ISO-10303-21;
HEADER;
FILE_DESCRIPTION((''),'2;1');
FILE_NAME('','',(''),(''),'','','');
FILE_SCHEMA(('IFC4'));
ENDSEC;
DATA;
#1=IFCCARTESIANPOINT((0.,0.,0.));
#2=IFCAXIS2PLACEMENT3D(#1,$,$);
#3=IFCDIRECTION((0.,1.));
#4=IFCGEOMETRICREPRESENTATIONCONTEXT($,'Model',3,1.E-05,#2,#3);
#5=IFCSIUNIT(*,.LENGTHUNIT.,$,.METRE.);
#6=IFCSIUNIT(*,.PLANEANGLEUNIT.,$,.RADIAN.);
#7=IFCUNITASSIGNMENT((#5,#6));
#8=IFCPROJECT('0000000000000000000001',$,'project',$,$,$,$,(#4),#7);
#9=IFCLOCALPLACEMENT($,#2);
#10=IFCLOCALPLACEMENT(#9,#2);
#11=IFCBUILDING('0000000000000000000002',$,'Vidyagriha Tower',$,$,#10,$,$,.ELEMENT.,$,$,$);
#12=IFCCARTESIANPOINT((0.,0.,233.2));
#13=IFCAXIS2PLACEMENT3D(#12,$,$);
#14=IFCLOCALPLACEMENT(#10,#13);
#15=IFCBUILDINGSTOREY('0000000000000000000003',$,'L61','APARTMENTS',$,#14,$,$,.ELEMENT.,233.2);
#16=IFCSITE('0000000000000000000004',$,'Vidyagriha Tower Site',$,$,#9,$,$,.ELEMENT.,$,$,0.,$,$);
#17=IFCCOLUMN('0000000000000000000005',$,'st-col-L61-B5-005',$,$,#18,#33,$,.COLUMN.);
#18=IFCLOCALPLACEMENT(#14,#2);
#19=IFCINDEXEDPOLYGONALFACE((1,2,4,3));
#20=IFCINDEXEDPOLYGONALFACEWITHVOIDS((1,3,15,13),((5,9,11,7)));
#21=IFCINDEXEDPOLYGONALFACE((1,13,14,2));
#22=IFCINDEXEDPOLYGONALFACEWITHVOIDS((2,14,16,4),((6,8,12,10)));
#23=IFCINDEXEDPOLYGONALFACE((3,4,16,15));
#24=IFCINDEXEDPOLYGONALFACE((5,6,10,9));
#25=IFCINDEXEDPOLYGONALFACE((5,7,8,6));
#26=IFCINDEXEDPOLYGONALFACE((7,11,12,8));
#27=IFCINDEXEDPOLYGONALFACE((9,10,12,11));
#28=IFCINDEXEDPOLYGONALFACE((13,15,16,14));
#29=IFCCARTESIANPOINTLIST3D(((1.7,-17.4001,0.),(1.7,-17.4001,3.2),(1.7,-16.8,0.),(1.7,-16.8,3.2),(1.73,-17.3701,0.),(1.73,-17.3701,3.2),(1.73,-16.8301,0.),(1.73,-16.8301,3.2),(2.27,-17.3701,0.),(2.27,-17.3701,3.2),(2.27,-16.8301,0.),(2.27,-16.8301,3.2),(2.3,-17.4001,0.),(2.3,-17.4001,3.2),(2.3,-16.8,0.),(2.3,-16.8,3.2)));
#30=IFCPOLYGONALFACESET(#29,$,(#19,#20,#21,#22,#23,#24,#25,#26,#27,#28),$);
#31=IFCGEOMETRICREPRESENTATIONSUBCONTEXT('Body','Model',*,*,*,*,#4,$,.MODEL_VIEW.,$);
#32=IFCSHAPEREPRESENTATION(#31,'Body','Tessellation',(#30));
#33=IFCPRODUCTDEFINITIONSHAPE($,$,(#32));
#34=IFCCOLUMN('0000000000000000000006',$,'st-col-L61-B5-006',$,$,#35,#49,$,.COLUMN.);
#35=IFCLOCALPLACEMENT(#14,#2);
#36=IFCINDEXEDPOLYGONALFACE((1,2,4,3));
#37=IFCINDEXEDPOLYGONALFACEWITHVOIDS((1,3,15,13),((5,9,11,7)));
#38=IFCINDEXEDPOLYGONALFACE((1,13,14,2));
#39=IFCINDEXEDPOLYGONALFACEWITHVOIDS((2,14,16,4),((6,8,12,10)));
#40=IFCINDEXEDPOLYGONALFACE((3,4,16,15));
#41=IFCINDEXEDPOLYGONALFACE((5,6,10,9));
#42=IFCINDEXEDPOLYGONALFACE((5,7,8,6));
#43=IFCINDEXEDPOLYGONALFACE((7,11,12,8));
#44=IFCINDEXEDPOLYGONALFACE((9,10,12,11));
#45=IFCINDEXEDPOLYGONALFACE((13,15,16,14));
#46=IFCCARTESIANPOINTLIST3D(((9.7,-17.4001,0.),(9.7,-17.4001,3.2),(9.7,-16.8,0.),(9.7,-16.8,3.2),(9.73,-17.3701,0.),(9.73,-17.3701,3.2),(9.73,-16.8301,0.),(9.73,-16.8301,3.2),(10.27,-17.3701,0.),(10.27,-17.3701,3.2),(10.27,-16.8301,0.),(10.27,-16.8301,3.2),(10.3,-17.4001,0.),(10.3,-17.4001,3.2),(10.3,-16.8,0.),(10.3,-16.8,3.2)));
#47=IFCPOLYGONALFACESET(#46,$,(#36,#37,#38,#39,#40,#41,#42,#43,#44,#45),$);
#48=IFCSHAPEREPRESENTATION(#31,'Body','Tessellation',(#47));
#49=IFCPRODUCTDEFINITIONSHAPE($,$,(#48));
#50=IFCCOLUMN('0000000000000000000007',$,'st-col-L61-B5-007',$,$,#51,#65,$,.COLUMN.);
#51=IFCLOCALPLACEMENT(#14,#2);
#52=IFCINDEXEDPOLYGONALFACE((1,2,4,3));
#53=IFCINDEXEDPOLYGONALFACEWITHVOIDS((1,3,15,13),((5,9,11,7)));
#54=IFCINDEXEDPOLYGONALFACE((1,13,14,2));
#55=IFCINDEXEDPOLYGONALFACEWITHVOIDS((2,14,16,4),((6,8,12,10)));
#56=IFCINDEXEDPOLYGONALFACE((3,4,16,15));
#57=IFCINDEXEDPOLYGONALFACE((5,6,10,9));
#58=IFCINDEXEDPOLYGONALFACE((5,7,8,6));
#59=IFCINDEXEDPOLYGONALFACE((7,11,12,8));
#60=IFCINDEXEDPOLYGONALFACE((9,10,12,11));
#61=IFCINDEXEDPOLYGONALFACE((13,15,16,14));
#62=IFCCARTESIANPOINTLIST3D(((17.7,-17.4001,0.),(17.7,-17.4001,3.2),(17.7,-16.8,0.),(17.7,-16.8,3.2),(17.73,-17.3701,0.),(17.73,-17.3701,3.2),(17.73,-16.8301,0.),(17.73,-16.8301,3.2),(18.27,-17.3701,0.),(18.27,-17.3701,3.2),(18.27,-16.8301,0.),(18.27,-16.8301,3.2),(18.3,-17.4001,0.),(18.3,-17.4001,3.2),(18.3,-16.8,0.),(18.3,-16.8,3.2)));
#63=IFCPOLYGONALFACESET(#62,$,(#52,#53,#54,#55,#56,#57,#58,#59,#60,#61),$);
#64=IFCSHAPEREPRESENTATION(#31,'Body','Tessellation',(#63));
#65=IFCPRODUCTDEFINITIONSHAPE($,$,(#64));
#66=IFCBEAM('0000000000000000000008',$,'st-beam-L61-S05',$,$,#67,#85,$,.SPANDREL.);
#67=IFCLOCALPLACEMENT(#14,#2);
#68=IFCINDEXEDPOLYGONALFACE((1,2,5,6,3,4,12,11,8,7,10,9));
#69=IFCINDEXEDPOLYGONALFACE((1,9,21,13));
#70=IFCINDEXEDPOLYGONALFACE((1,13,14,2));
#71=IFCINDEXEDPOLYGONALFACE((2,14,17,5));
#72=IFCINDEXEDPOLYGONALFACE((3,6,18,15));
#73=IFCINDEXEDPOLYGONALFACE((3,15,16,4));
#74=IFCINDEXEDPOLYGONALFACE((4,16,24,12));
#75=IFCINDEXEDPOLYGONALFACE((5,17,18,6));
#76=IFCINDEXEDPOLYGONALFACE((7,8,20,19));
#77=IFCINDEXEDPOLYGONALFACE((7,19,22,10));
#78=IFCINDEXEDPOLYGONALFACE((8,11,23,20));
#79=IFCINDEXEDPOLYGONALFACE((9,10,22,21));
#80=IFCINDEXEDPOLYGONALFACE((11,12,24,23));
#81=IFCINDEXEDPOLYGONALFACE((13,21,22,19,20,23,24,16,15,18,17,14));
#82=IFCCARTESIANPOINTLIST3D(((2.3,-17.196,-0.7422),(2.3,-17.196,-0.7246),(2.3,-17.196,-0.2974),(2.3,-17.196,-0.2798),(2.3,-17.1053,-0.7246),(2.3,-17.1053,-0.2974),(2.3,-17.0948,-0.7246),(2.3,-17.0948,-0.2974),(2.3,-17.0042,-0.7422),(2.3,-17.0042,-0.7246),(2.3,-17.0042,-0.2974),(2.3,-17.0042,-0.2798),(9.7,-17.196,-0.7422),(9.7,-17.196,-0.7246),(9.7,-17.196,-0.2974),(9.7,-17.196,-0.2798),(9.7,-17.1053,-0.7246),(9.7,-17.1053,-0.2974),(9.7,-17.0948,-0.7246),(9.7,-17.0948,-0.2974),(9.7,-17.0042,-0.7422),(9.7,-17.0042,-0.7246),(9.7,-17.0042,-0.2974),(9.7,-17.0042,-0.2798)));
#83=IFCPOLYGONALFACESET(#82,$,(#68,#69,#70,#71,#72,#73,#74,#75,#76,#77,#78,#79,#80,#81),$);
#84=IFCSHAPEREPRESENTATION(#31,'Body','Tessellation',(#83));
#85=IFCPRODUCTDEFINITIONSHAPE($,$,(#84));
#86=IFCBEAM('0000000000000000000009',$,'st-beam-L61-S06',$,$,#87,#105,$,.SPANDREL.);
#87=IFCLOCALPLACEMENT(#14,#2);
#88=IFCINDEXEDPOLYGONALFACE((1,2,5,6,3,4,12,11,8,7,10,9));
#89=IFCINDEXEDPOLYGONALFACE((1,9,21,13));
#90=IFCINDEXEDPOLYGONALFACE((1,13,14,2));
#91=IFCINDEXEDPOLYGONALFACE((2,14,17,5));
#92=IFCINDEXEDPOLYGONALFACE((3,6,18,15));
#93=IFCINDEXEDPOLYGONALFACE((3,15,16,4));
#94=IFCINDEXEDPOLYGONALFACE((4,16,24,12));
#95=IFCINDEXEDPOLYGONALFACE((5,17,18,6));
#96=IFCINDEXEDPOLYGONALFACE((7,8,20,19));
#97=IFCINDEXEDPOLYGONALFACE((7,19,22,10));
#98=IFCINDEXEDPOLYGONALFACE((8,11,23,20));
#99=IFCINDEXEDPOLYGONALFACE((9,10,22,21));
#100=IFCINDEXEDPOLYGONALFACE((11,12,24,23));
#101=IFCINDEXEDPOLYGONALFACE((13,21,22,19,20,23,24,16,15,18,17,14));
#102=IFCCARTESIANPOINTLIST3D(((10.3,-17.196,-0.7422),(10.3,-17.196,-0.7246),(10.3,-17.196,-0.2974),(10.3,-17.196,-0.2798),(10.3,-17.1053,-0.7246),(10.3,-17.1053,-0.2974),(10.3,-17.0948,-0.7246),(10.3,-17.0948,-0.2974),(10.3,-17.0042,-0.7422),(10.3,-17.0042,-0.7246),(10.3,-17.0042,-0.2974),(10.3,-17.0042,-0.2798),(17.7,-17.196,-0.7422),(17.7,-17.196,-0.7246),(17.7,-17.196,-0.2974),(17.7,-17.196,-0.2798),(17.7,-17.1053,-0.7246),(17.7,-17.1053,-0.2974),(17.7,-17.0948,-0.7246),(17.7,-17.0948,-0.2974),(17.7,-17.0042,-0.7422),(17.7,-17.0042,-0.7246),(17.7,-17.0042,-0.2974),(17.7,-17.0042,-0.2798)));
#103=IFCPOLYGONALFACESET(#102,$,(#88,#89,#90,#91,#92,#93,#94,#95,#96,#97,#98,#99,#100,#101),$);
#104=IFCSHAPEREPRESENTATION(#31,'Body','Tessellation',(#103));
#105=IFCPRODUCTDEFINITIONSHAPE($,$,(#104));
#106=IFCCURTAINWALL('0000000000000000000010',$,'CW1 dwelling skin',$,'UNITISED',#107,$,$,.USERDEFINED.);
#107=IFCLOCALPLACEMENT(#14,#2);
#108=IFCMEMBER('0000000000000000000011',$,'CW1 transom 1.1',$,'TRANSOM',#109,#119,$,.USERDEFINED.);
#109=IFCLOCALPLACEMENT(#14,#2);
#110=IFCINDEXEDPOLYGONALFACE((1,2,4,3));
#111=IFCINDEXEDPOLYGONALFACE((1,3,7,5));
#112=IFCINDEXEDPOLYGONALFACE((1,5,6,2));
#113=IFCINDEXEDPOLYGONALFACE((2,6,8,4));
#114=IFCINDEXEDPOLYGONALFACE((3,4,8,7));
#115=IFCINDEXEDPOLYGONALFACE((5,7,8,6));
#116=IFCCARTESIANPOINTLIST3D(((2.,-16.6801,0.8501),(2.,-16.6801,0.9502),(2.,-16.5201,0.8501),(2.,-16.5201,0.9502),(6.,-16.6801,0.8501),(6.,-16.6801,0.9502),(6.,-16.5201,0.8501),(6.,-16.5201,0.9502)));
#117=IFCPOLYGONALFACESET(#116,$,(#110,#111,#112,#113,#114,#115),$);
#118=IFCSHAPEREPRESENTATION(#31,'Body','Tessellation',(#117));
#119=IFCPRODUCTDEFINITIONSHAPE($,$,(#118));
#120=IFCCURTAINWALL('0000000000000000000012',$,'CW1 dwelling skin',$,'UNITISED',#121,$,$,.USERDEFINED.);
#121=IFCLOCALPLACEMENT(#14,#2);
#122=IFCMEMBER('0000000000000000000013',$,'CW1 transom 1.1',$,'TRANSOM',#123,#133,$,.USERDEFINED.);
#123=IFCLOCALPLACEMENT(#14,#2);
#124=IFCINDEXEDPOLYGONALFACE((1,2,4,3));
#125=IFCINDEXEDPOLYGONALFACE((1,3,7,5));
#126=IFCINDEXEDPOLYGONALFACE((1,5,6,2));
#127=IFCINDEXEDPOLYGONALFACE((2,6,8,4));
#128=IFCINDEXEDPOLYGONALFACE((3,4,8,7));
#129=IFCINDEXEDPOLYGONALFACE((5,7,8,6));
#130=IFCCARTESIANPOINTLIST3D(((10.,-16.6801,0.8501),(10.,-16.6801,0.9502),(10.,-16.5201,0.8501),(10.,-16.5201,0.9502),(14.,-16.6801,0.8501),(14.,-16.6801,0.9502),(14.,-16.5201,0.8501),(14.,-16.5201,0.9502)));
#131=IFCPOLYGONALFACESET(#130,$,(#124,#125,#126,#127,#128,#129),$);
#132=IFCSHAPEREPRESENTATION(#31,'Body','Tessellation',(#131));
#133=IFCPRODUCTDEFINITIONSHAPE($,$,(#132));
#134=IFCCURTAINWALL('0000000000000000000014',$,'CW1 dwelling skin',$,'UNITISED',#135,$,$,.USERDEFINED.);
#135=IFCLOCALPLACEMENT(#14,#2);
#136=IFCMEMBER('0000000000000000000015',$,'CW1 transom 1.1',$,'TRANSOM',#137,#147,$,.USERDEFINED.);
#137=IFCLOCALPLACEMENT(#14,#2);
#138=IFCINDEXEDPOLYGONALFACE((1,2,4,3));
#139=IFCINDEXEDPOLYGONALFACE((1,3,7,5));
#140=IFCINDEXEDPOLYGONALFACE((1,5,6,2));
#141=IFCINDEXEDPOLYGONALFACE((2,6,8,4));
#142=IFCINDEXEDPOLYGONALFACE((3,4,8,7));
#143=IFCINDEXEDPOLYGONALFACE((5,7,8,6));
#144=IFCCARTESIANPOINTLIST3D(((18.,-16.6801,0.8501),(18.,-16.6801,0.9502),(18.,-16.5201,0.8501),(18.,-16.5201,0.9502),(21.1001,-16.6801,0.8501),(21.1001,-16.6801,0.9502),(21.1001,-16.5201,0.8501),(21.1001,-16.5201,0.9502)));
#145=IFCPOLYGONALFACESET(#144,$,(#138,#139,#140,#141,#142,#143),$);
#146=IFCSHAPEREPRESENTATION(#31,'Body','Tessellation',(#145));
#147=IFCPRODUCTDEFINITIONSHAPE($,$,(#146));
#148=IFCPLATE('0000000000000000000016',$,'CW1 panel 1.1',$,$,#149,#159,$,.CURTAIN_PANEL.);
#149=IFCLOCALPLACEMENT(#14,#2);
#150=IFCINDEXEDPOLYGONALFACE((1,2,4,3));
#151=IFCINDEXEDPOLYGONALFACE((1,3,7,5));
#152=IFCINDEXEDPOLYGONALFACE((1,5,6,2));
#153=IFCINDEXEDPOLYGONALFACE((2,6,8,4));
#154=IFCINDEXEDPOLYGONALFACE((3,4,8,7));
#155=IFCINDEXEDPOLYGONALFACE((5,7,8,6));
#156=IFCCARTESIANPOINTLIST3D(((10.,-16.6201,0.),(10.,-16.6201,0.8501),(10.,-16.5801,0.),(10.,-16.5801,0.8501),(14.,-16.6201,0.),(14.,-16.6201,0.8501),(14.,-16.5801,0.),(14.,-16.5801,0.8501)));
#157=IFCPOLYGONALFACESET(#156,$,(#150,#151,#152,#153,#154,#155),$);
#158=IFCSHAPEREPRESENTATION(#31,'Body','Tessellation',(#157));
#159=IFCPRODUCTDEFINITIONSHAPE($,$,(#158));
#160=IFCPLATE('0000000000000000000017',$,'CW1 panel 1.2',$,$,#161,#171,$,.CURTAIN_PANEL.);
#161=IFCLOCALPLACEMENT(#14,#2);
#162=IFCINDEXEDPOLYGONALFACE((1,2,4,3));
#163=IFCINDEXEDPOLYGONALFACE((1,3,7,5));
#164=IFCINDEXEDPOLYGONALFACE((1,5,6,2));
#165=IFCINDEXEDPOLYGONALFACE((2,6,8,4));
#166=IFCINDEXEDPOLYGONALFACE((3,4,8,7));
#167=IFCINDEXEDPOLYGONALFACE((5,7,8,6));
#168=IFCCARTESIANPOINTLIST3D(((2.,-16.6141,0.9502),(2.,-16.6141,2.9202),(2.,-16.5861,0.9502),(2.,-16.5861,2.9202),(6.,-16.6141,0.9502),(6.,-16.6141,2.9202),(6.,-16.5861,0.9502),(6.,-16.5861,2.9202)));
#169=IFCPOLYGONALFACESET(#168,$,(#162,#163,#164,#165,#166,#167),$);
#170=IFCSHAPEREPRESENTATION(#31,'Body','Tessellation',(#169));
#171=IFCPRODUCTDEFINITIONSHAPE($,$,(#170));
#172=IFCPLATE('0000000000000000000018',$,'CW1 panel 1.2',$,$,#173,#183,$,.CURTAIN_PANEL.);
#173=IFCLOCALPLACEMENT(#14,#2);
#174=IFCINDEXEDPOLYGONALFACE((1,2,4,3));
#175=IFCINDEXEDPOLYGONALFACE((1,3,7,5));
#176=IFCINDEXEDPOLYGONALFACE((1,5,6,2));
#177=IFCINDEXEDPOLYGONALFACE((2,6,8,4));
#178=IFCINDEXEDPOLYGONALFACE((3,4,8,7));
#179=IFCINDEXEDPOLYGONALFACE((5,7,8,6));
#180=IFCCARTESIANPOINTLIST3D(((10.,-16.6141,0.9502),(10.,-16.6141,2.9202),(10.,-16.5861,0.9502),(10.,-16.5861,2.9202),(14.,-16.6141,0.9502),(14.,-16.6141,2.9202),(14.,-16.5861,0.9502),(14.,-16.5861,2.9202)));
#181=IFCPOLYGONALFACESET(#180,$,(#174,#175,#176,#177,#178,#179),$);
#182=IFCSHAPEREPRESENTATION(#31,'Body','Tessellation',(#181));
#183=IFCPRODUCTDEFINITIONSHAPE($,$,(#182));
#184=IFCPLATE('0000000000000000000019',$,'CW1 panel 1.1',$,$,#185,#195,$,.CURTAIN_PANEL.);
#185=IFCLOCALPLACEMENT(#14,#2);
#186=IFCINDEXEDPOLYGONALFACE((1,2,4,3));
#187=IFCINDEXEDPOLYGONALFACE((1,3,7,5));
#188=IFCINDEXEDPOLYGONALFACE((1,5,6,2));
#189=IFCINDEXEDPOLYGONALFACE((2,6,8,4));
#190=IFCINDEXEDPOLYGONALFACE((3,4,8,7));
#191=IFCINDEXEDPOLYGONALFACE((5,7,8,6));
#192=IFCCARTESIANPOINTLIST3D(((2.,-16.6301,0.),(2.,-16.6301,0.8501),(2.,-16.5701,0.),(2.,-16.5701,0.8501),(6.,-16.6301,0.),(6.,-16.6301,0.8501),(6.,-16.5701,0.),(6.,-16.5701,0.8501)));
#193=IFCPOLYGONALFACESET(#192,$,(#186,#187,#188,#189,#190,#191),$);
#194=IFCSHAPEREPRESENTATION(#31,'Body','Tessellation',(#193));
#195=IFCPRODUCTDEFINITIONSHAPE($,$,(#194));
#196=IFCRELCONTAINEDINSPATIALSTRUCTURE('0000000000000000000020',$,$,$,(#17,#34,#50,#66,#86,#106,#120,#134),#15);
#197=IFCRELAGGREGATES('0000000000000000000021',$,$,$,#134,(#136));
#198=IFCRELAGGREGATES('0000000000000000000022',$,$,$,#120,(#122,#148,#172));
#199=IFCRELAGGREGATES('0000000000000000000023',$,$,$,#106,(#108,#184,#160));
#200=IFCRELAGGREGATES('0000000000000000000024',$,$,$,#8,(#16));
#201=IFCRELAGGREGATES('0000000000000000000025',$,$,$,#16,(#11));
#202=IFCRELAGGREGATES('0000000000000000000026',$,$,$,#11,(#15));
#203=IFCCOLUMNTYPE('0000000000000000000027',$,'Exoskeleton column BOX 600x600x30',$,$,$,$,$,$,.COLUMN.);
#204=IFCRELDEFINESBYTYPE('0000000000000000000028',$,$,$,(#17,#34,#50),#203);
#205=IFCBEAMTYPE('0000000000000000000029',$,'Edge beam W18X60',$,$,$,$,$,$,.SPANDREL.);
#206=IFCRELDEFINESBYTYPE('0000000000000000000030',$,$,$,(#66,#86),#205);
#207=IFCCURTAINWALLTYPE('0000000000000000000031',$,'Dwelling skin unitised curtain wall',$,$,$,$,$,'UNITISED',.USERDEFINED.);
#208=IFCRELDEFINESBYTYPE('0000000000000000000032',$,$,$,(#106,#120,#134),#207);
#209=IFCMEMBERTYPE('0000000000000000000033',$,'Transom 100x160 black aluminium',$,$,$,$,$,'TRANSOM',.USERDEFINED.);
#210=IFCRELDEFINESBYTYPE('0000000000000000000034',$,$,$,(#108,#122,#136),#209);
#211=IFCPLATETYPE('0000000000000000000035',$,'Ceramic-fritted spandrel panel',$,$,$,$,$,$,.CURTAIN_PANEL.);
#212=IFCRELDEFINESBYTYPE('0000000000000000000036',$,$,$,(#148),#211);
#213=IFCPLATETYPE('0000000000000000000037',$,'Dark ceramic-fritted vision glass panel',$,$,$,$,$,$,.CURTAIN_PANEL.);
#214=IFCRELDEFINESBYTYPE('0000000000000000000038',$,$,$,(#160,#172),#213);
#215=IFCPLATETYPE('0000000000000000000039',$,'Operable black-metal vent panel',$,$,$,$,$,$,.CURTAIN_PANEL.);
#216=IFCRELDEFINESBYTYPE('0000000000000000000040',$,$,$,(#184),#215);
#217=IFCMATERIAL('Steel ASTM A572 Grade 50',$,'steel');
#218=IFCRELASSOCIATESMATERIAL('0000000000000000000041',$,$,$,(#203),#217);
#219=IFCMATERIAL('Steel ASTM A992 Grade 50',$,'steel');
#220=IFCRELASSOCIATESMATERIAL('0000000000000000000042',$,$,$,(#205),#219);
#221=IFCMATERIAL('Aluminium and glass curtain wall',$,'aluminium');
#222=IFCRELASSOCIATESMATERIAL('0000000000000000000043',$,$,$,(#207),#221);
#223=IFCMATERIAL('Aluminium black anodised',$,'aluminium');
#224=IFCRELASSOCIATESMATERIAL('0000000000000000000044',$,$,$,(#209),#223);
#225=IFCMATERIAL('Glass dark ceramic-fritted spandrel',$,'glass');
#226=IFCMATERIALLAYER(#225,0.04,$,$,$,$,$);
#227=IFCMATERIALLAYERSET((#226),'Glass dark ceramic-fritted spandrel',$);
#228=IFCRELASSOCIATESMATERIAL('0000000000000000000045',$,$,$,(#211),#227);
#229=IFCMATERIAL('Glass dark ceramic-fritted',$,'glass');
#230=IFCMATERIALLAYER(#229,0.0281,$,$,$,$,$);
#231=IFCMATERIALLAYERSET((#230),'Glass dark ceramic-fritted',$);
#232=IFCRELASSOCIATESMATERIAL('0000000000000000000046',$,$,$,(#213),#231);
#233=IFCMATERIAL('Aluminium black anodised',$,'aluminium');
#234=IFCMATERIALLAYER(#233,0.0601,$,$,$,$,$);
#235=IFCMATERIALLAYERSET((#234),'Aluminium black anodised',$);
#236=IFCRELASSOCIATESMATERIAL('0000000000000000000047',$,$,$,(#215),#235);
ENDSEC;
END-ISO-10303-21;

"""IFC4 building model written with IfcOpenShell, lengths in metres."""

from ifc_helpers import new_model, si_unit, direction, frame, origin, origin_2d, place, context, subcontext, project, spatial, rectangle, hollow_rectangle, i_section, extrude, material, layer, layer_set, material_profile, profile_set, type_object, element, aggregate, save


model = new_model("IFC4")

# Units and contexts
model_context = context("Model", 3, precision=1e-05, world=origin(), true_north=direction((0.0, 1.0)))
body_context = subcontext(model_context, "Body", "Model", "MODEL_VIEW")
ifc_project = project(units=[si_unit("LENGTHUNIT", "METRE"), si_unit("PLANEANGLEUNIT", "RADIAN")], contexts=[model_context])

# Site, building, storey
site_placement = place(None, origin())
site = spatial("IfcSite", under=ifc_project, at=site_placement, Name="Vidyagriha Tower Site", CompositionType="ELEMENT", RefElevation=0.0)
building_placement = place(site_placement, origin())
building = spatial("IfcBuilding", under=site, at=building_placement, Name="Vidyagriha Tower", CompositionType="ELEMENT")
storey_placement = place(building_placement, frame((0.0, 0.0, 233.2)))
storey = spatial("IfcBuildingStorey", under=building, at=storey_placement, Name="L61", Description="APARTMENTS", CompositionType="ELEMENT", Elevation=233.2)

# Columns
ifc_material_1 = material(Name="Steel ASTM A572 Grade 50", Category="steel")
ifc_material_profile_1 = material_profile(ifc_material_1, hollow_rectangle(XDim=0.6001, YDim=0.6001, WallThickness=0.03, at=origin_2d()), Name="BOX 600x600x30")
ifc_profile_set_1 = profile_set([ifc_material_profile_1], Name="Steel ASTM A572 Grade 50")
column_type = type_object("IfcColumnType", Name="Exoskeleton column BOX 600x600x30", PredefinedType="COLUMN", material=ifc_profile_set_1)
for number, where, name in (
    (1, (2.0, -17.1001, 0.0), "st-col-L61-B5-005"),
    (2, (10.0, -17.1001, 0.0), "st-col-L61-B5-006"),
    (3, (18.0, -17.1001, 0.0), "st-col-L61-B5-007"),
):
    element("IfcColumn", number, at=place(storey_placement, frame(where)), inside=storey, type_object=column_type, Name=name, PredefinedType="COLUMN", context=body_context, shape_type="SweptSolid", body=[
        extrude(hollow_rectangle(XDim=0.6001, YDim=0.6001, WallThickness=0.03, at=origin_2d()), origin(), (0.0, 0.0, 1.0), 3.2),
    ])

# Beams
ifc_material_2 = material(Name="Steel ASTM A992 Grade 50", Category="steel")
ifc_material_profile_2 = material_profile(ifc_material_2, i_section(OverallWidth=0.1919, OverallDepth=0.4624, WebThickness=0.0105, FlangeThickness=0.0176, at=origin_2d()), Name="W18X60")
ifc_profile_set_2 = profile_set([ifc_material_profile_2], Name="Steel ASTM A992 Grade 50")
beam_type = type_object("IfcBeamType", Name="Edge beam W18X60", PredefinedType="SPANDREL", material=ifc_profile_set_2)
for number, where, z_axis, x_axis, name in (
    (4, (2.3, -17.1001, -0.511), (1.0, 0.0, 0.0), (0.0, 1.0, 0.0), "st-beam-L61-S05"),
    (5, (10.3, -17.1001, -0.511), (1.0, 0.0, 0.0), (0.0, 1.0, 0.0), "st-beam-L61-S06"),
):
    element("IfcBeam", number, at=place(storey_placement, frame(where, z_axis=z_axis, x_axis=x_axis)), inside=storey, type_object=beam_type, Name=name, PredefinedType="SPANDREL", context=body_context, shape_type="SweptSolid", body=[
        extrude(i_section(OverallWidth=0.1919, OverallDepth=0.4624, WebThickness=0.0105, FlangeThickness=0.0176, at=origin_2d()), origin(), (0.0, 0.0, 1.0), 7.3999),
    ])

# Curtain walls, members
ifc_material_3 = material(Name="Aluminium and glass curtain wall", Category="aluminium")
curtain_wall_type = type_object("IfcCurtainWallType", Name="Dwelling skin unitised curtain wall", ElementType="UNITISED", PredefinedType="USERDEFINED", material=ifc_material_3)
curtain_wall_1_placement = place(storey_placement, origin())
curtain_wall_1 = element("IfcCurtainWall", 6, at=curtain_wall_1_placement, inside=storey, type_object=curtain_wall_type, Name="CW1 dwelling skin", ObjectType="UNITISED", PredefinedType="USERDEFINED")
ifc_material_4 = material(Name="Aluminium black anodised", Category="aluminium")
ifc_material_profile_3 = material_profile(ifc_material_4, rectangle(XDim=0.1599, YDim=0.1001, at=origin_2d()), Name="Transom 100x160 black aluminium")
ifc_profile_set_3 = profile_set([ifc_material_profile_3], Name="Aluminium black anodised")
member_type = type_object("IfcMemberType", Name="Transom 100x160 black aluminium", ElementType="TRANSOM", PredefinedType="USERDEFINED", material=ifc_profile_set_3)
member_1_placement = place(storey_placement, frame((2.0, -16.6001, 0.9001), z_axis=(1.0, 0.0, 0.0), x_axis=(0.0, 1.0, 0.0)))
member_1 = element("IfcMember", 7, at=member_1_placement, type_object=member_type, Name="CW1 transom 1.1", ObjectType="TRANSOM", PredefinedType="USERDEFINED", context=body_context, shape_type="SweptSolid", body=[
    extrude(rectangle(XDim=0.1599, YDim=0.1001, at=origin_2d()), origin(), (0.0, 0.0, 1.0), 4.0),
])
curtain_wall_2_placement = place(storey_placement, origin())
curtain_wall_2 = element("IfcCurtainWall", 8, at=curtain_wall_2_placement, inside=storey, type_object=curtain_wall_type, Name="CW1 dwelling skin", ObjectType="UNITISED", PredefinedType="USERDEFINED")
member_2_placement = place(storey_placement, frame((10.0, -16.6001, 0.9001), z_axis=(1.0, 0.0, 0.0), x_axis=(0.0, 1.0, 0.0)))
member_2 = element("IfcMember", 9, at=member_2_placement, type_object=member_type, Name="CW1 transom 1.1", ObjectType="TRANSOM", PredefinedType="USERDEFINED", context=body_context, shape_type="SweptSolid", body=[
    extrude(rectangle(XDim=0.1599, YDim=0.1001, at=origin_2d()), origin(), (0.0, 0.0, 1.0), 4.0),
])
curtain_wall_3_placement = place(storey_placement, origin())
curtain_wall_3 = element("IfcCurtainWall", 10, at=curtain_wall_3_placement, inside=storey, type_object=curtain_wall_type, Name="CW1 dwelling skin", ObjectType="UNITISED", PredefinedType="USERDEFINED")
member_3_placement = place(storey_placement, frame((18.0, -16.6001, 0.9001), z_axis=(1.0, 0.0, 0.0), x_axis=(0.0, 1.0, 0.0)))
member_3 = element("IfcMember", 11, at=member_3_placement, type_object=member_type, Name="CW1 transom 1.1", ObjectType="TRANSOM", PredefinedType="USERDEFINED", context=body_context, shape_type="SweptSolid", body=[
    extrude(rectangle(XDim=0.1599, YDim=0.1001, at=origin_2d()), origin(), (0.0, 0.0, 1.0), 3.1001),
])
aggregate(curtain_wall_3, [member_3])

# Plates
ifc_material_5 = material(Name="Glass dark ceramic-fritted spandrel", Category="glass")
ifc_layer_1 = layer(ifc_material_5, 0.04)
ifc_layer_set_1 = layer_set([ifc_layer_1], Name="Glass dark ceramic-fritted spandrel")
plate_type_1 = type_object("IfcPlateType", Name="Ceramic-fritted spandrel panel", PredefinedType="CURTAIN_PANEL", material=ifc_layer_set_1)
plate_1_placement = place(storey_placement, frame((12.0, -16.6001, 0.0)))
plate_1 = element("IfcPlate", 12, at=plate_1_placement, type_object=plate_type_1, Name="CW1 panel 1.1", PredefinedType="CURTAIN_PANEL", context=body_context, shape_type="SweptSolid", body=[
    extrude(rectangle(XDim=4.0, YDim=0.04, at=origin_2d()), origin(), (0.0, 0.0, 1.0), 0.8501),
])
ifc_material_6 = material(Name="Glass dark ceramic-fritted", Category="glass")
ifc_layer_2 = layer(ifc_material_6, 0.0281)
ifc_layer_set_2 = layer_set([ifc_layer_2], Name="Glass dark ceramic-fritted")
plate_type_2 = type_object("IfcPlateType", Name="Dark ceramic-fritted vision glass panel", PredefinedType="CURTAIN_PANEL", material=ifc_layer_set_2)
plate_2_placement = place(storey_placement, frame((4.0, -16.6001, 0.9502)))
plate_2 = element("IfcPlate", 13, at=plate_2_placement, type_object=plate_type_2, Name="CW1 panel 1.2", PredefinedType="CURTAIN_PANEL", context=body_context, shape_type="SweptSolid", body=[
    extrude(rectangle(XDim=4.0, YDim=0.0281, at=origin_2d()), origin(), (0.0, 0.0, 1.0), 1.97),
])
plate_3_placement = place(storey_placement, frame((12.0, -16.6001, 0.9502)))
plate_3 = element("IfcPlate", 14, at=plate_3_placement, type_object=plate_type_2, Name="CW1 panel 1.2", PredefinedType="CURTAIN_PANEL", context=body_context, shape_type="SweptSolid", body=[
    extrude(rectangle(XDim=4.0, YDim=0.0281, at=origin_2d()), origin(), (0.0, 0.0, 1.0), 1.97),
])
aggregate(curtain_wall_2, [member_2, plate_1, plate_3])
ifc_material_7 = material(Name="Aluminium black anodised", Category="aluminium")
ifc_layer_3 = layer(ifc_material_7, 0.0601)
ifc_layer_set_3 = layer_set([ifc_layer_3], Name="Aluminium black anodised")
plate_type_3 = type_object("IfcPlateType", Name="Operable black-metal vent panel", PredefinedType="CURTAIN_PANEL", material=ifc_layer_set_3)
plate_4_placement = place(storey_placement, frame((4.0, -16.6001, 0.0)))
plate_4 = element("IfcPlate", 15, at=plate_4_placement, type_object=plate_type_3, Name="CW1 panel 1.1", PredefinedType="CURTAIN_PANEL", context=body_context, shape_type="SweptSolid", body=[
    extrude(rectangle(XDim=4.0, YDim=0.0601, at=origin_2d()), origin(), (0.0, 0.0, 1.0), 0.8501),
])
aggregate(curtain_wall_1, [member_1, plate_4, plate_2])

save(model, "model.ifc")
